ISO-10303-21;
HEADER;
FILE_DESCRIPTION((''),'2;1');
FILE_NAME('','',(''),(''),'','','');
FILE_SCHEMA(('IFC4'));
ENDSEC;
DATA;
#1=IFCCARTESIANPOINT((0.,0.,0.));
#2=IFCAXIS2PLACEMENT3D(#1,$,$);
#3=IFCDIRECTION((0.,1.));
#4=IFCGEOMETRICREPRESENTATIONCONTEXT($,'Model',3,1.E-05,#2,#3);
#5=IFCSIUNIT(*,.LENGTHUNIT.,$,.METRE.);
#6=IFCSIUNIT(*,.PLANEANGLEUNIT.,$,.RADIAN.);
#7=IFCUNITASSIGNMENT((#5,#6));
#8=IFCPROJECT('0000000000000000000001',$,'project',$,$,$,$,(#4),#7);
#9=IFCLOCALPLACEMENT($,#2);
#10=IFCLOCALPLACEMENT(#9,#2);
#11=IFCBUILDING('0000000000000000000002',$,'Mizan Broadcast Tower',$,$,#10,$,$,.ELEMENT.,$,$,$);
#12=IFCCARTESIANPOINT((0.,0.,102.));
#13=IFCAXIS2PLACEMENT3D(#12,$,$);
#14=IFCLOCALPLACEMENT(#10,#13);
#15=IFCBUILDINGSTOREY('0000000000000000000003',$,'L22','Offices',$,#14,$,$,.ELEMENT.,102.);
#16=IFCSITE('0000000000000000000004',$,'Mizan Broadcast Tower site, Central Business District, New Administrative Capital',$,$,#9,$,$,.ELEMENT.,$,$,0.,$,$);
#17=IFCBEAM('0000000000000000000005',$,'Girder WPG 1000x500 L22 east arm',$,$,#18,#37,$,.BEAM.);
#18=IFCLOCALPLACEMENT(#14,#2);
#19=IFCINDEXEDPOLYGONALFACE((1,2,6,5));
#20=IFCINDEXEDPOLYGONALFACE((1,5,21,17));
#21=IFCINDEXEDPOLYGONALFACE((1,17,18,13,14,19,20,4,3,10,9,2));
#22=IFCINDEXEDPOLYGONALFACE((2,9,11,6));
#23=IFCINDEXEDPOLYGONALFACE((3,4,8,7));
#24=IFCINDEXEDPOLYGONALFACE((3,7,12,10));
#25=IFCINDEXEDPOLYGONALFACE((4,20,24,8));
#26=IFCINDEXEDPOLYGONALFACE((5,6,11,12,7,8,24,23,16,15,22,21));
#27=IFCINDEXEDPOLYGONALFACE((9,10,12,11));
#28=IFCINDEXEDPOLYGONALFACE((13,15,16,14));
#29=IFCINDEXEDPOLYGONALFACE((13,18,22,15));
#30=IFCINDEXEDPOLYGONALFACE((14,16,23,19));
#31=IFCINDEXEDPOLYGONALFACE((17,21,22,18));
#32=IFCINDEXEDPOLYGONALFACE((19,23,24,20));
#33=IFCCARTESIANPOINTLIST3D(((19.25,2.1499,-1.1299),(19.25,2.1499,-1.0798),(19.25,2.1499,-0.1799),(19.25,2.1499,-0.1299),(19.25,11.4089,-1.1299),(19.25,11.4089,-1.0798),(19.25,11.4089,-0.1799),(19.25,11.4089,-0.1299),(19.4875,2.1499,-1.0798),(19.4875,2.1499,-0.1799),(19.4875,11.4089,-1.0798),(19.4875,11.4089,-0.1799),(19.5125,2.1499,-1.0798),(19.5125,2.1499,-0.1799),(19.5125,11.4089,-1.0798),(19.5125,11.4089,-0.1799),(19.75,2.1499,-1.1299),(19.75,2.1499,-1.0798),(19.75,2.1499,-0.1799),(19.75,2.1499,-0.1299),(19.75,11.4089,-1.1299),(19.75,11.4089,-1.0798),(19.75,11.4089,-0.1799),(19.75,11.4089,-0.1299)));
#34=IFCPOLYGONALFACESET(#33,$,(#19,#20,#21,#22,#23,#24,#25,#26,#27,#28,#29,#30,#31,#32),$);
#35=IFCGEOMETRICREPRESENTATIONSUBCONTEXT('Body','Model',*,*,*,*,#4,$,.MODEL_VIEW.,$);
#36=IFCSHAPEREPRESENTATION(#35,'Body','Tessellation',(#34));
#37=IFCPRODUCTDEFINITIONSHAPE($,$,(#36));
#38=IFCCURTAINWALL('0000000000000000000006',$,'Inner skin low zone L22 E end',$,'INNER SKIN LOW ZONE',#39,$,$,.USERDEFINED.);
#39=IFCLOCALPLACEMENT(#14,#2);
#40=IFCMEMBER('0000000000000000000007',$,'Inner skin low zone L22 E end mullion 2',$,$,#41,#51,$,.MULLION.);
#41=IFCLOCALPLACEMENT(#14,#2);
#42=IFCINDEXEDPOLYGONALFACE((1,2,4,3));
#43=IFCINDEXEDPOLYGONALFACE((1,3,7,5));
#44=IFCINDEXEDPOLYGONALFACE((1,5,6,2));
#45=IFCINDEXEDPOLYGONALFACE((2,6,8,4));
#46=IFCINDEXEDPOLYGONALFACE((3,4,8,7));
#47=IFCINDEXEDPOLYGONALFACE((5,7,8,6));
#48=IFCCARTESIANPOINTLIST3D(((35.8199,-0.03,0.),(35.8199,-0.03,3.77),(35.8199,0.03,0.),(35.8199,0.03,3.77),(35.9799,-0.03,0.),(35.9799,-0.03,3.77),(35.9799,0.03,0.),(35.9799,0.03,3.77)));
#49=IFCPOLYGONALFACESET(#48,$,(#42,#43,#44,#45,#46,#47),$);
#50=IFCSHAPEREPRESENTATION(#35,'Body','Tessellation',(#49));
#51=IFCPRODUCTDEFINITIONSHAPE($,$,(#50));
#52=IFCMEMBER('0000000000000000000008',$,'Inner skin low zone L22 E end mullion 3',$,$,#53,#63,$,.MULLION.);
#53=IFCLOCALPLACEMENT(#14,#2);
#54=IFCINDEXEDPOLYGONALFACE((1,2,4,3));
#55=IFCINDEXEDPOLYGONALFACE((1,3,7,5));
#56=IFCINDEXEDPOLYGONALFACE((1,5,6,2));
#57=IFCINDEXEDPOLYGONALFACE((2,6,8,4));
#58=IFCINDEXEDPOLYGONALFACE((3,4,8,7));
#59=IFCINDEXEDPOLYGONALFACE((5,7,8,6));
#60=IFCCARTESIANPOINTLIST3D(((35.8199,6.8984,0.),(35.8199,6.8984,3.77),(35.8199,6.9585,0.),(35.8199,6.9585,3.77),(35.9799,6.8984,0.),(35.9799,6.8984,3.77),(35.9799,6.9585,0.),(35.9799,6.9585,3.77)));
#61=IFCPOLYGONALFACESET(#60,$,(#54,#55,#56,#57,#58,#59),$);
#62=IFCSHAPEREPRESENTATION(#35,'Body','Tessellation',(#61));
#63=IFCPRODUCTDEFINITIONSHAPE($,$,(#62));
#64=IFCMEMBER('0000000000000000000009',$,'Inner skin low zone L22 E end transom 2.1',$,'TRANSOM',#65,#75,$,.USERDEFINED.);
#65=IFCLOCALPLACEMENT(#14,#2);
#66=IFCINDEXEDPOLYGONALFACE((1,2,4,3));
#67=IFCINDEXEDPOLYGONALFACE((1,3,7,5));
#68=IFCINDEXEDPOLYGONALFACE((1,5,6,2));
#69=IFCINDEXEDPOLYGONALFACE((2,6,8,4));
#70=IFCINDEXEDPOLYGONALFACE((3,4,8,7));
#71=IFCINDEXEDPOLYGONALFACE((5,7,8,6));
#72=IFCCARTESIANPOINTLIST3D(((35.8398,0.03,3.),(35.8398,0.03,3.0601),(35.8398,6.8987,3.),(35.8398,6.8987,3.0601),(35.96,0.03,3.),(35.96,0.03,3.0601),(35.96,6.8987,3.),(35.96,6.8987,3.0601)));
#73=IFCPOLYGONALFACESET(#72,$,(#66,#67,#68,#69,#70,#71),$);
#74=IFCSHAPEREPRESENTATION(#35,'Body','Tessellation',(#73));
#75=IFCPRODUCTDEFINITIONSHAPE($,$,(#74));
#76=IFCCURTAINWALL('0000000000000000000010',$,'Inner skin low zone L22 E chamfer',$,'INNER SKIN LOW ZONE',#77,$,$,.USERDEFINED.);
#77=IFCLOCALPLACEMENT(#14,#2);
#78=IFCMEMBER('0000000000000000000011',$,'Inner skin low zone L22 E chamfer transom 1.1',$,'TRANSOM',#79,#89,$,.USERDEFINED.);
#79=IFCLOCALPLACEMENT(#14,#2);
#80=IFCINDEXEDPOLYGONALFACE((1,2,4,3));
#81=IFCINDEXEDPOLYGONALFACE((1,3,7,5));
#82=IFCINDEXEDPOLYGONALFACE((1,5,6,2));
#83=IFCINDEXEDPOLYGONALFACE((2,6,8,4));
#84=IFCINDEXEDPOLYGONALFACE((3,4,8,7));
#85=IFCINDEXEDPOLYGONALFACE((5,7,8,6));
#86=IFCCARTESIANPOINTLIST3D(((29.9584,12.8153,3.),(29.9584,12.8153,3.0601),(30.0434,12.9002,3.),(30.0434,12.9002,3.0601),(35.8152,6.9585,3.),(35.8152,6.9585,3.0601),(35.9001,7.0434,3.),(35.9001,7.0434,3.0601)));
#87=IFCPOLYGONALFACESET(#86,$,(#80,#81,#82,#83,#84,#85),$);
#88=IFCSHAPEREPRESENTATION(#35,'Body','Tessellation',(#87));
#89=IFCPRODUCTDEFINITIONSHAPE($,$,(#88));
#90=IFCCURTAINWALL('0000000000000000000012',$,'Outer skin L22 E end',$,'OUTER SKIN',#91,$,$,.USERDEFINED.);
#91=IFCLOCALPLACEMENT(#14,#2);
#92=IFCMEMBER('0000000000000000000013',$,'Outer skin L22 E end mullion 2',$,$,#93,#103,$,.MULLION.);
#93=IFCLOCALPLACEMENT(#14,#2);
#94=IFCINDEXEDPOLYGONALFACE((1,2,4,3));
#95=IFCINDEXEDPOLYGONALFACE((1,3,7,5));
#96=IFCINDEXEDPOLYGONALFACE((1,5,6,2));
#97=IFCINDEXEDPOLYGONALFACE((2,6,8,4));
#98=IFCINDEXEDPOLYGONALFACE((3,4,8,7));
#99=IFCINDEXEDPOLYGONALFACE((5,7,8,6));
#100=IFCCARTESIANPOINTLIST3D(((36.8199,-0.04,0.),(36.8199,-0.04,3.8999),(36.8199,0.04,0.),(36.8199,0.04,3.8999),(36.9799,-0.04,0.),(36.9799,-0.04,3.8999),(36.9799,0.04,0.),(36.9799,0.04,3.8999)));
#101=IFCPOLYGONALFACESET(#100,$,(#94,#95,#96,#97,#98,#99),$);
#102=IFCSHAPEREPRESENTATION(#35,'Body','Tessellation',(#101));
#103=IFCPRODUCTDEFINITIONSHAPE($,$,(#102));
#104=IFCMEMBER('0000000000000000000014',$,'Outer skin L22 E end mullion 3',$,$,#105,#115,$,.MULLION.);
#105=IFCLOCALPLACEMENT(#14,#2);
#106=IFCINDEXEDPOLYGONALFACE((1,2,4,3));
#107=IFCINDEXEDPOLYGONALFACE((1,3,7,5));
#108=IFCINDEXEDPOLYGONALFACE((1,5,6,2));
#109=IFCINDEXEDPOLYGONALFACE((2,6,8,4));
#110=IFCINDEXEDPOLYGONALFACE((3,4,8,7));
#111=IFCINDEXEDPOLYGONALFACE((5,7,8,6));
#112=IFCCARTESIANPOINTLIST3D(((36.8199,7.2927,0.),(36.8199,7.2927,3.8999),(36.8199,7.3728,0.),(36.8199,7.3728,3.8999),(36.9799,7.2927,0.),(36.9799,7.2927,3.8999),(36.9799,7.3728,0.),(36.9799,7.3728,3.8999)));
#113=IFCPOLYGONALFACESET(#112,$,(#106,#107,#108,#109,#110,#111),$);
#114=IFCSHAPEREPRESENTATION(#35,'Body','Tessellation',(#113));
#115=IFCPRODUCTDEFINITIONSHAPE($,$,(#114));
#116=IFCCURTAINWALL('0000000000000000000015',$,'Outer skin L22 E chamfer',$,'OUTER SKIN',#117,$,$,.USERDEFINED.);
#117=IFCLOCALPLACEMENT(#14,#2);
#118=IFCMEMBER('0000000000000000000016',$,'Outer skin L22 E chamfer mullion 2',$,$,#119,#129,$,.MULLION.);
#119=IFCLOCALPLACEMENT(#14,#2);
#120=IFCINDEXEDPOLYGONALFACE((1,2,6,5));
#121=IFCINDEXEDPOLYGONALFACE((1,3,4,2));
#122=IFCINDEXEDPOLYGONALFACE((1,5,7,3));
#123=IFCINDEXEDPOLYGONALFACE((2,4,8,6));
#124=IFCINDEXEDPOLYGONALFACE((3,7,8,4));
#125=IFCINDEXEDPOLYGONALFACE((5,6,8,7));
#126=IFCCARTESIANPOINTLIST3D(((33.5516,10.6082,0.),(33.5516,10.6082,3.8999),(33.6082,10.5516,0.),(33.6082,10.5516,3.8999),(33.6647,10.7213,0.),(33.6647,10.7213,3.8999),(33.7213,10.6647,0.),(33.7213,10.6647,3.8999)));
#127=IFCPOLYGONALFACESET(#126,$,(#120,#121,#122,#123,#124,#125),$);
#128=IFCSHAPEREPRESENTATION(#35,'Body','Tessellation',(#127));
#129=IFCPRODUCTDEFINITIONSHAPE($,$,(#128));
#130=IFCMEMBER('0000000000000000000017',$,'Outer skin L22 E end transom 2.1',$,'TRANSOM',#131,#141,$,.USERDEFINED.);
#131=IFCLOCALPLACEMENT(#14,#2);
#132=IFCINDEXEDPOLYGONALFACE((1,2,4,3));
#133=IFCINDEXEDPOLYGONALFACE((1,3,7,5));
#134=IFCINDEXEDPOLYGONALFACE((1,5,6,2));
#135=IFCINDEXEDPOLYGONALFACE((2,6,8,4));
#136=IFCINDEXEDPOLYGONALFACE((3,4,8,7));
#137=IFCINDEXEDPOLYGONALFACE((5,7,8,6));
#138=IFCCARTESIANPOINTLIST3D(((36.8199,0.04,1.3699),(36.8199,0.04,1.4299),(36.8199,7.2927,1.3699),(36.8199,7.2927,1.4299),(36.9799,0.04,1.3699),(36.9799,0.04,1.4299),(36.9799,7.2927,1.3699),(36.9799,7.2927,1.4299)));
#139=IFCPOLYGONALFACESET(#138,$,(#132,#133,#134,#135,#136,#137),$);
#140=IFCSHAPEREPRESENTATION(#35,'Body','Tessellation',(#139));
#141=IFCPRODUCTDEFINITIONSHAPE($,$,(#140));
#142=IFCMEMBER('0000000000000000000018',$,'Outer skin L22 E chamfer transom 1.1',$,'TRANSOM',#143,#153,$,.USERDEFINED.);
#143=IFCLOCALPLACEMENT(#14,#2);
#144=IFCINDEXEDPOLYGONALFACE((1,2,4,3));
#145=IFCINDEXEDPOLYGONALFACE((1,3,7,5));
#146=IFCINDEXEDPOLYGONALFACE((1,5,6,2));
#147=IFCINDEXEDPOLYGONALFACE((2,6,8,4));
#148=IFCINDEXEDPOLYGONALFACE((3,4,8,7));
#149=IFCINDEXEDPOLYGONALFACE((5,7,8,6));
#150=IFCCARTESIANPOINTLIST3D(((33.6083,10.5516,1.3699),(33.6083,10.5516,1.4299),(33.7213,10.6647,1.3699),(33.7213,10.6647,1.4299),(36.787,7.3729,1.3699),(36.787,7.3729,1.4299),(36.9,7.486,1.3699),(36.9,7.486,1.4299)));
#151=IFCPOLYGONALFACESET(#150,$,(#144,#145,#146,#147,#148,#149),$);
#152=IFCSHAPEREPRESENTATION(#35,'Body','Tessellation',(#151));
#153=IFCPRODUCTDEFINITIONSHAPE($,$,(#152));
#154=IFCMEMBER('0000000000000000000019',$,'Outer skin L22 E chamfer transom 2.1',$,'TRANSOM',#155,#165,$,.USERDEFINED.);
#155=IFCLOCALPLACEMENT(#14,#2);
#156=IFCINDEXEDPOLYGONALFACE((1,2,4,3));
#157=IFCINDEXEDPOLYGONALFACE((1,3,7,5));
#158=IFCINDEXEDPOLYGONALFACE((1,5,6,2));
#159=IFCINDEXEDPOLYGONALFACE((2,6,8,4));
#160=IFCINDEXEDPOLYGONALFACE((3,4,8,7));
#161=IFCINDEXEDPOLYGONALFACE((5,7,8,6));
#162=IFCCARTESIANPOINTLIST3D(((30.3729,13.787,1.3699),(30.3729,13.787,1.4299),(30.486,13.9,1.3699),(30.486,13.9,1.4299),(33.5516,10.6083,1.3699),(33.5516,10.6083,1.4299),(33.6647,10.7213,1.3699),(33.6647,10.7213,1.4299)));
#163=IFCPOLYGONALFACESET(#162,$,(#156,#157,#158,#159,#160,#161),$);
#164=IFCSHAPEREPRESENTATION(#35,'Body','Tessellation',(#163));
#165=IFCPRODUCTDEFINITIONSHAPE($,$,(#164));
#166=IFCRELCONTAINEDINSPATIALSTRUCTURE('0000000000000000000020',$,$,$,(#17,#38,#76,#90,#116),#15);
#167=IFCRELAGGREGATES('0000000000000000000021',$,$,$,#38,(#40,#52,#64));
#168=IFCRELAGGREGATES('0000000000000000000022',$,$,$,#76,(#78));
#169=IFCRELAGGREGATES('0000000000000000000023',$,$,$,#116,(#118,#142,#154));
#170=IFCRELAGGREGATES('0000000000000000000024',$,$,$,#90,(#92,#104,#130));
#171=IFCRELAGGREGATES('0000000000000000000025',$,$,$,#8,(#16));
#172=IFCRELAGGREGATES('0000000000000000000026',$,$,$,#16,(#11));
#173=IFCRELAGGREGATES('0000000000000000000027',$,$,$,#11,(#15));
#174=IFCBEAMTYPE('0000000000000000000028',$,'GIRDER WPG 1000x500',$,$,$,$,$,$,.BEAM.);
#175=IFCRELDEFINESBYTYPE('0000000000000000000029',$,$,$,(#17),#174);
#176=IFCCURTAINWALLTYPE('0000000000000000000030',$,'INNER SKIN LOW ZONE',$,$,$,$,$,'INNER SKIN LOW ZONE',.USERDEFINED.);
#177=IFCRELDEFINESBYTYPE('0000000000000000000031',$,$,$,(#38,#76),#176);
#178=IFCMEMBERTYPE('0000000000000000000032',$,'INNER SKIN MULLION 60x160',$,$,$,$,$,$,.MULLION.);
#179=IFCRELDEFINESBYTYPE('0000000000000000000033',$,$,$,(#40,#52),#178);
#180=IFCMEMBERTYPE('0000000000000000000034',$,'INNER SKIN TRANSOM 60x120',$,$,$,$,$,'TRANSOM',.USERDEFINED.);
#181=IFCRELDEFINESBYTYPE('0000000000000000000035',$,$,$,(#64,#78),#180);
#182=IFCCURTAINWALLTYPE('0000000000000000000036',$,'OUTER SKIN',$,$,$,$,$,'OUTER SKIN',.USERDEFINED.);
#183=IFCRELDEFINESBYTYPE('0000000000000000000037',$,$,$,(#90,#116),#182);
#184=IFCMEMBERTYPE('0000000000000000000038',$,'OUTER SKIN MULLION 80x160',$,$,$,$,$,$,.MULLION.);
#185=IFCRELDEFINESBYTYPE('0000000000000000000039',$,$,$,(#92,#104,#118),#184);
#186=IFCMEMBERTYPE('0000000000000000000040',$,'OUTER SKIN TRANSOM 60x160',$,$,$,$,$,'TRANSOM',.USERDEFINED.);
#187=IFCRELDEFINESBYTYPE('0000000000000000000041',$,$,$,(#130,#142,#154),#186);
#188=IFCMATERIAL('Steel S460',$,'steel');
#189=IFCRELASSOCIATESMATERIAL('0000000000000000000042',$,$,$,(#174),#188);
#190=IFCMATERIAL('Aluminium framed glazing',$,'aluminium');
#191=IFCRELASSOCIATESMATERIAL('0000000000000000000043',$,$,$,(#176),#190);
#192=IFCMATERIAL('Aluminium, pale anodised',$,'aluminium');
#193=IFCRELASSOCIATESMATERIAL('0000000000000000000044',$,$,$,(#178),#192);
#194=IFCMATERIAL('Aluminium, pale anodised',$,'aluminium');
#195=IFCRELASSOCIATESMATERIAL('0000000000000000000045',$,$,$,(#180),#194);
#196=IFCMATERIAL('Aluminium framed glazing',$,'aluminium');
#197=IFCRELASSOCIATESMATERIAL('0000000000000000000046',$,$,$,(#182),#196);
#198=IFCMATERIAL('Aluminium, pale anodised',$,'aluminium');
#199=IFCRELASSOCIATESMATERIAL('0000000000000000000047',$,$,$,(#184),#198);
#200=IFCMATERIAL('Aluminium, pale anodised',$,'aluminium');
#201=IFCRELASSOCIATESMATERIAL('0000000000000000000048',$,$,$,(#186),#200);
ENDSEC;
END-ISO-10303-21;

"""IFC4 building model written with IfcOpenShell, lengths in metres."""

from ifc_helpers import new_model, si_unit, direction, frame, origin, origin_2d, place, context, subcontext, project, spatial, rectangle, i_section, extrude, material, material_profile, profile_set, type_object, element, aggregate, save


model = new_model("IFC4")

# Units and contexts
model_context = context("Model", 3, precision=1e-05, world=origin(), true_north=direction((0.0, 1.0)))
body_context = subcontext(model_context, "Body", "Model", "MODEL_VIEW")
ifc_project = project(units=[si_unit("LENGTHUNIT", "METRE"), si_unit("PLANEANGLEUNIT", "RADIAN")], contexts=[model_context])

# Site, building, storey
site_placement = place(None, origin())
site = spatial("IfcSite", under=ifc_project, at=site_placement, Name="Mizan Broadcast Tower site, Central Business District, New Administrative Capital", CompositionType="ELEMENT", RefElevation=0.0)
building_placement = place(site_placement, origin())
building = spatial("IfcBuilding", under=site, at=building_placement, Name="Mizan Broadcast Tower", CompositionType="ELEMENT")
storey_placement = place(building_placement, frame((0.0, 0.0, 102.0)))
storey = spatial("IfcBuildingStorey", under=building, at=storey_placement, Name="L22", Description="Offices", CompositionType="ELEMENT", Elevation=102.0)

# Beam
ifc_material_1 = material(Name="Steel S460", Category="steel")
ifc_material_profile_1 = material_profile(ifc_material_1, i_section(OverallWidth=0.5, OverallDepth=1.0, WebThickness=0.0249, FlangeThickness=0.05, at=origin_2d()), Name="WPG 1000x500")
ifc_profile_set_1 = profile_set([ifc_material_profile_1], Name="Steel S460")
beam_type_1 = type_object("IfcBeamType", Name="GIRDER WPG 1000x500", PredefinedType="BEAM", material=ifc_profile_set_1)
beam_1_placement = place(storey_placement, frame((19.5, 11.4089, -0.6299), z_axis=(0.0, -1.0, 0.0), x_axis=(1.0, 0.0, 0.0)))
element("IfcBeam", 1, at=beam_1_placement, inside=storey, type_object=beam_type_1, Name="Girder WPG 1000x500 L22 east arm", PredefinedType="BEAM", context=body_context, shape_type="SweptSolid", body=[
    extrude(i_section(OverallWidth=0.5, OverallDepth=1.0, WebThickness=0.0249, FlangeThickness=0.05, at=origin_2d()), origin(), (0.0, 0.0, 1.0), 9.259),
])

# Curtain wall, members
ifc_material_2 = material(Name="Aluminium framed glazing", Category="aluminium")
curtain_wall_type_1 = type_object("IfcCurtainWallType", Name="INNER SKIN LOW ZONE", ElementType="INNER SKIN LOW ZONE", PredefinedType="USERDEFINED", material=ifc_material_2)
curtain_wall_1_placement = place(storey_placement, origin())
curtain_wall_1 = element("IfcCurtainWall", 2, at=curtain_wall_1_placement, inside=storey, type_object=curtain_wall_type_1, Name="Inner skin low zone L22 E end", ObjectType="INNER SKIN LOW ZONE", PredefinedType="USERDEFINED")
ifc_material_3 = material(Name="Aluminium, pale anodised", Category="aluminium")
ifc_material_profile_2 = material_profile(ifc_material_3, rectangle(XDim=0.1599, YDim=0.0601, at=origin_2d()), Name="MULLION 160x60")
ifc_profile_set_2 = profile_set([ifc_material_profile_2], Name="Aluminium, pale anodised")
member_type_1 = type_object("IfcMemberType", Name="INNER SKIN MULLION 60x160", PredefinedType="MULLION", material=ifc_profile_set_2)
member_1_placement = place(storey_placement, frame((35.8999, 0.0, 0.0), z_axis=(0.0, 0.0, 1.0), x_axis=(-1.0, 0.0, 0.0)))
member_1 = element("IfcMember", 3, at=member_1_placement, type_object=member_type_1, Name="Inner skin low zone L22 E end mullion 2", PredefinedType="MULLION", context=body_context, shape_type="SweptSolid", body=[
    extrude(rectangle(XDim=0.1599, YDim=0.0601, at=origin_2d()), origin(), (0.0, 0.0, 1.0), 3.77),
])
member_2_placement = place(storey_placement, frame((35.8999, 6.9285, 0.0), z_axis=(0.0, 0.0, 1.0), x_axis=(-1.0, 0.0, 0.0)))
member_2 = element("IfcMember", 4, at=member_2_placement, type_object=member_type_1, Name="Inner skin low zone L22 E end mullion 3", PredefinedType="MULLION", context=body_context, shape_type="SweptSolid", body=[
    extrude(rectangle(XDim=0.1599, YDim=0.0601, at=origin_2d()), origin(), (0.0, 0.0, 1.0), 3.77),
])
ifc_material_4 = material(Name="Aluminium, pale anodised", Category="aluminium")
ifc_material_profile_3 = material_profile(ifc_material_4, rectangle(XDim=0.1201, YDim=0.0601, at=origin_2d()), Name="TRANSOM 120x60")
ifc_profile_set_3 = profile_set([ifc_material_profile_3], Name="Aluminium, pale anodised")
member_type_2 = type_object("IfcMemberType", Name="INNER SKIN TRANSOM 60x120", ElementType="TRANSOM", PredefinedType="USERDEFINED", material=ifc_profile_set_3)
member_3_placement = place(storey_placement, frame((35.8999, 0.03, 3.03), z_axis=(0.0, 1.0, 0.0), x_axis=(-1.0, 0.0, 0.0)))
member_3 = element("IfcMember", 5, at=member_3_placement, type_object=member_type_2, Name="Inner skin low zone L22 E end transom 2.1", ObjectType="TRANSOM", PredefinedType="USERDEFINED", context=body_context, shape_type="SweptSolid", body=[
    extrude(rectangle(XDim=0.1201, YDim=0.0601, at=origin_2d()), origin(), (0.0, 0.0, 1.0), 6.8687),
])

# Curtain wall, member
curtain_wall_2_placement = place(storey_placement, origin())
curtain_wall_2 = element("IfcCurtainWall", 6, at=curtain_wall_2_placement, inside=storey, type_object=curtain_wall_type_1, Name="Inner skin low zone L22 E chamfer", ObjectType="INNER SKIN LOW ZONE", PredefinedType="USERDEFINED")
member_4_placement = place(storey_placement, frame((35.8577, 7.001, 3.03), z_axis=(-0.707107, 0.707107, 0.0), x_axis=(-0.707107, -0.707107, 0.0)))
member_4 = element("IfcMember", 7, at=member_4_placement, type_object=member_type_2, Name="Inner skin low zone L22 E chamfer transom 1.1", ObjectType="TRANSOM", PredefinedType="USERDEFINED", context=body_context, shape_type="SweptSolid", body=[
    extrude(rectangle(XDim=0.1201, YDim=0.0601, at=origin_2d()), origin(), (0.0, 0.0, 1.0), 8.2827),
])

# Curtain wall, members
ifc_material_5 = material(Name="Aluminium framed glazing", Category="aluminium")
curtain_wall_type_2 = type_object("IfcCurtainWallType", Name="OUTER SKIN", ElementType="OUTER SKIN", PredefinedType="USERDEFINED", material=ifc_material_5)
curtain_wall_3_placement = place(storey_placement, origin())
curtain_wall_3 = element("IfcCurtainWall", 8, at=curtain_wall_3_placement, inside=storey, type_object=curtain_wall_type_2, Name="Outer skin L22 E end", ObjectType="OUTER SKIN", PredefinedType="USERDEFINED")
ifc_material_6 = material(Name="Aluminium, pale anodised", Category="aluminium")
ifc_material_profile_4 = material_profile(ifc_material_6, rectangle(XDim=0.1599, YDim=0.0801, at=origin_2d()), Name="MULLION 160x80")
ifc_profile_set_4 = profile_set([ifc_material_profile_4], Name="Aluminium, pale anodised")
member_type_3 = type_object("IfcMemberType", Name="OUTER SKIN MULLION 80x160", PredefinedType="MULLION", material=ifc_profile_set_4)
member_5_placement = place(storey_placement, frame((36.8999, 0.0, 0.0), z_axis=(0.0, 0.0, 1.0), x_axis=(-1.0, 0.0, 0.0)))
member_5 = element("IfcMember", 9, at=member_5_placement, type_object=member_type_3, Name="Outer skin L22 E end mullion 2", PredefinedType="MULLION", context=body_context, shape_type="SweptSolid", body=[
    extrude(rectangle(XDim=0.1599, YDim=0.0801, at=origin_2d()), origin(), (0.0, 0.0, 1.0), 3.8999),
])
member_6_placement = place(storey_placement, frame((36.8999, 7.3328, 0.0), z_axis=(0.0, 0.0, 1.0), x_axis=(-1.0, 0.0, 0.0)))
member_6 = element("IfcMember", 10, at=member_6_placement, type_object=member_type_3, Name="Outer skin L22 E end mullion 3", PredefinedType="MULLION", context=body_context, shape_type="SweptSolid", body=[
    extrude(rectangle(XDim=0.1599, YDim=0.0801, at=origin_2d()), origin(), (0.0, 0.0, 1.0), 3.8999),
])

# Curtain wall, member
curtain_wall_4_placement = place(storey_placement, origin())
curtain_wall_4 = element("IfcCurtainWall", 11, at=curtain_wall_4_placement, inside=storey, type_object=curtain_wall_type_2, Name="Outer skin L22 E chamfer", ObjectType="OUTER SKIN", PredefinedType="USERDEFINED")
member_7_placement = place(storey_placement, frame((33.6365, 10.6365, 0.0), z_axis=(0.0, 0.0, 1.0), x_axis=(-0.707107, -0.707107, 0.0)))
member_7 = element("IfcMember", 12, at=member_7_placement, type_object=member_type_3, Name="Outer skin L22 E chamfer mullion 2", PredefinedType="MULLION", context=body_context, shape_type="SweptSolid", body=[
    extrude(rectangle(XDim=0.1599, YDim=0.0801, at=origin_2d()), origin(), (0.0, 0.0, 1.0), 3.8999),
])

# Members
ifc_material_7 = material(Name="Aluminium, pale anodised", Category="aluminium")
ifc_material_profile_5 = material_profile(ifc_material_7, rectangle(XDim=0.1599, YDim=0.0601, at=origin_2d()), Name="TRANSOM 160x60")
ifc_profile_set_5 = profile_set([ifc_material_profile_5], Name="Aluminium, pale anodised")
member_type_4 = type_object("IfcMemberType", Name="OUTER SKIN TRANSOM 60x160", ElementType="TRANSOM", PredefinedType="USERDEFINED", material=ifc_profile_set_5)
member_8_placement = place(storey_placement, frame((36.8999, 0.04, 1.3999), z_axis=(0.0, 1.0, 0.0), x_axis=(-1.0, 0.0, 0.0)))
member_8 = element("IfcMember", 13, at=member_8_placement, type_object=member_type_4, Name="Outer skin L22 E end transom 2.1", ObjectType="TRANSOM", PredefinedType="USERDEFINED", context=body_context, shape_type="SweptSolid", body=[
    extrude(rectangle(XDim=0.1599, YDim=0.0601, at=origin_2d()), origin(), (0.0, 0.0, 1.0), 7.2527),
])
member_9_placement = place(storey_placement, frame((36.8435, 7.4294, 1.3999), z_axis=(-0.707107, 0.707107, 0.0), x_axis=(-0.707107, -0.707107, 0.0)))
member_9 = element("IfcMember", 14, at=member_9_placement, type_object=member_type_4, Name="Outer skin L22 E chamfer transom 1.1", ObjectType="TRANSOM", PredefinedType="USERDEFINED", context=body_context, shape_type="SweptSolid", body=[
    extrude(rectangle(XDim=0.1599, YDim=0.0601, at=origin_2d()), origin(), (0.0, 0.0, 1.0), 4.4954),
])
member_10_placement = place(storey_placement, frame((33.6082, 10.6648, 1.3999), z_axis=(-0.707107, 0.707107, 0.0), x_axis=(-0.707107, -0.707107, 0.0)))
member_10 = element("IfcMember", 15, at=member_10_placement, type_object=member_type_4, Name="Outer skin L22 E chamfer transom 2.1", ObjectType="TRANSOM", PredefinedType="USERDEFINED", context=body_context, shape_type="SweptSolid", body=[
    extrude(rectangle(XDim=0.1599, YDim=0.0601, at=origin_2d()), origin(), (0.0, 0.0, 1.0), 4.4954),
])

aggregate(curtain_wall_1, [member_1, member_2, member_3])
aggregate(curtain_wall_2, [member_4])
aggregate(curtain_wall_4, [member_7, member_9, member_10])
aggregate(curtain_wall_3, [member_5, member_6, member_8])

save(model, "model.ifc")
